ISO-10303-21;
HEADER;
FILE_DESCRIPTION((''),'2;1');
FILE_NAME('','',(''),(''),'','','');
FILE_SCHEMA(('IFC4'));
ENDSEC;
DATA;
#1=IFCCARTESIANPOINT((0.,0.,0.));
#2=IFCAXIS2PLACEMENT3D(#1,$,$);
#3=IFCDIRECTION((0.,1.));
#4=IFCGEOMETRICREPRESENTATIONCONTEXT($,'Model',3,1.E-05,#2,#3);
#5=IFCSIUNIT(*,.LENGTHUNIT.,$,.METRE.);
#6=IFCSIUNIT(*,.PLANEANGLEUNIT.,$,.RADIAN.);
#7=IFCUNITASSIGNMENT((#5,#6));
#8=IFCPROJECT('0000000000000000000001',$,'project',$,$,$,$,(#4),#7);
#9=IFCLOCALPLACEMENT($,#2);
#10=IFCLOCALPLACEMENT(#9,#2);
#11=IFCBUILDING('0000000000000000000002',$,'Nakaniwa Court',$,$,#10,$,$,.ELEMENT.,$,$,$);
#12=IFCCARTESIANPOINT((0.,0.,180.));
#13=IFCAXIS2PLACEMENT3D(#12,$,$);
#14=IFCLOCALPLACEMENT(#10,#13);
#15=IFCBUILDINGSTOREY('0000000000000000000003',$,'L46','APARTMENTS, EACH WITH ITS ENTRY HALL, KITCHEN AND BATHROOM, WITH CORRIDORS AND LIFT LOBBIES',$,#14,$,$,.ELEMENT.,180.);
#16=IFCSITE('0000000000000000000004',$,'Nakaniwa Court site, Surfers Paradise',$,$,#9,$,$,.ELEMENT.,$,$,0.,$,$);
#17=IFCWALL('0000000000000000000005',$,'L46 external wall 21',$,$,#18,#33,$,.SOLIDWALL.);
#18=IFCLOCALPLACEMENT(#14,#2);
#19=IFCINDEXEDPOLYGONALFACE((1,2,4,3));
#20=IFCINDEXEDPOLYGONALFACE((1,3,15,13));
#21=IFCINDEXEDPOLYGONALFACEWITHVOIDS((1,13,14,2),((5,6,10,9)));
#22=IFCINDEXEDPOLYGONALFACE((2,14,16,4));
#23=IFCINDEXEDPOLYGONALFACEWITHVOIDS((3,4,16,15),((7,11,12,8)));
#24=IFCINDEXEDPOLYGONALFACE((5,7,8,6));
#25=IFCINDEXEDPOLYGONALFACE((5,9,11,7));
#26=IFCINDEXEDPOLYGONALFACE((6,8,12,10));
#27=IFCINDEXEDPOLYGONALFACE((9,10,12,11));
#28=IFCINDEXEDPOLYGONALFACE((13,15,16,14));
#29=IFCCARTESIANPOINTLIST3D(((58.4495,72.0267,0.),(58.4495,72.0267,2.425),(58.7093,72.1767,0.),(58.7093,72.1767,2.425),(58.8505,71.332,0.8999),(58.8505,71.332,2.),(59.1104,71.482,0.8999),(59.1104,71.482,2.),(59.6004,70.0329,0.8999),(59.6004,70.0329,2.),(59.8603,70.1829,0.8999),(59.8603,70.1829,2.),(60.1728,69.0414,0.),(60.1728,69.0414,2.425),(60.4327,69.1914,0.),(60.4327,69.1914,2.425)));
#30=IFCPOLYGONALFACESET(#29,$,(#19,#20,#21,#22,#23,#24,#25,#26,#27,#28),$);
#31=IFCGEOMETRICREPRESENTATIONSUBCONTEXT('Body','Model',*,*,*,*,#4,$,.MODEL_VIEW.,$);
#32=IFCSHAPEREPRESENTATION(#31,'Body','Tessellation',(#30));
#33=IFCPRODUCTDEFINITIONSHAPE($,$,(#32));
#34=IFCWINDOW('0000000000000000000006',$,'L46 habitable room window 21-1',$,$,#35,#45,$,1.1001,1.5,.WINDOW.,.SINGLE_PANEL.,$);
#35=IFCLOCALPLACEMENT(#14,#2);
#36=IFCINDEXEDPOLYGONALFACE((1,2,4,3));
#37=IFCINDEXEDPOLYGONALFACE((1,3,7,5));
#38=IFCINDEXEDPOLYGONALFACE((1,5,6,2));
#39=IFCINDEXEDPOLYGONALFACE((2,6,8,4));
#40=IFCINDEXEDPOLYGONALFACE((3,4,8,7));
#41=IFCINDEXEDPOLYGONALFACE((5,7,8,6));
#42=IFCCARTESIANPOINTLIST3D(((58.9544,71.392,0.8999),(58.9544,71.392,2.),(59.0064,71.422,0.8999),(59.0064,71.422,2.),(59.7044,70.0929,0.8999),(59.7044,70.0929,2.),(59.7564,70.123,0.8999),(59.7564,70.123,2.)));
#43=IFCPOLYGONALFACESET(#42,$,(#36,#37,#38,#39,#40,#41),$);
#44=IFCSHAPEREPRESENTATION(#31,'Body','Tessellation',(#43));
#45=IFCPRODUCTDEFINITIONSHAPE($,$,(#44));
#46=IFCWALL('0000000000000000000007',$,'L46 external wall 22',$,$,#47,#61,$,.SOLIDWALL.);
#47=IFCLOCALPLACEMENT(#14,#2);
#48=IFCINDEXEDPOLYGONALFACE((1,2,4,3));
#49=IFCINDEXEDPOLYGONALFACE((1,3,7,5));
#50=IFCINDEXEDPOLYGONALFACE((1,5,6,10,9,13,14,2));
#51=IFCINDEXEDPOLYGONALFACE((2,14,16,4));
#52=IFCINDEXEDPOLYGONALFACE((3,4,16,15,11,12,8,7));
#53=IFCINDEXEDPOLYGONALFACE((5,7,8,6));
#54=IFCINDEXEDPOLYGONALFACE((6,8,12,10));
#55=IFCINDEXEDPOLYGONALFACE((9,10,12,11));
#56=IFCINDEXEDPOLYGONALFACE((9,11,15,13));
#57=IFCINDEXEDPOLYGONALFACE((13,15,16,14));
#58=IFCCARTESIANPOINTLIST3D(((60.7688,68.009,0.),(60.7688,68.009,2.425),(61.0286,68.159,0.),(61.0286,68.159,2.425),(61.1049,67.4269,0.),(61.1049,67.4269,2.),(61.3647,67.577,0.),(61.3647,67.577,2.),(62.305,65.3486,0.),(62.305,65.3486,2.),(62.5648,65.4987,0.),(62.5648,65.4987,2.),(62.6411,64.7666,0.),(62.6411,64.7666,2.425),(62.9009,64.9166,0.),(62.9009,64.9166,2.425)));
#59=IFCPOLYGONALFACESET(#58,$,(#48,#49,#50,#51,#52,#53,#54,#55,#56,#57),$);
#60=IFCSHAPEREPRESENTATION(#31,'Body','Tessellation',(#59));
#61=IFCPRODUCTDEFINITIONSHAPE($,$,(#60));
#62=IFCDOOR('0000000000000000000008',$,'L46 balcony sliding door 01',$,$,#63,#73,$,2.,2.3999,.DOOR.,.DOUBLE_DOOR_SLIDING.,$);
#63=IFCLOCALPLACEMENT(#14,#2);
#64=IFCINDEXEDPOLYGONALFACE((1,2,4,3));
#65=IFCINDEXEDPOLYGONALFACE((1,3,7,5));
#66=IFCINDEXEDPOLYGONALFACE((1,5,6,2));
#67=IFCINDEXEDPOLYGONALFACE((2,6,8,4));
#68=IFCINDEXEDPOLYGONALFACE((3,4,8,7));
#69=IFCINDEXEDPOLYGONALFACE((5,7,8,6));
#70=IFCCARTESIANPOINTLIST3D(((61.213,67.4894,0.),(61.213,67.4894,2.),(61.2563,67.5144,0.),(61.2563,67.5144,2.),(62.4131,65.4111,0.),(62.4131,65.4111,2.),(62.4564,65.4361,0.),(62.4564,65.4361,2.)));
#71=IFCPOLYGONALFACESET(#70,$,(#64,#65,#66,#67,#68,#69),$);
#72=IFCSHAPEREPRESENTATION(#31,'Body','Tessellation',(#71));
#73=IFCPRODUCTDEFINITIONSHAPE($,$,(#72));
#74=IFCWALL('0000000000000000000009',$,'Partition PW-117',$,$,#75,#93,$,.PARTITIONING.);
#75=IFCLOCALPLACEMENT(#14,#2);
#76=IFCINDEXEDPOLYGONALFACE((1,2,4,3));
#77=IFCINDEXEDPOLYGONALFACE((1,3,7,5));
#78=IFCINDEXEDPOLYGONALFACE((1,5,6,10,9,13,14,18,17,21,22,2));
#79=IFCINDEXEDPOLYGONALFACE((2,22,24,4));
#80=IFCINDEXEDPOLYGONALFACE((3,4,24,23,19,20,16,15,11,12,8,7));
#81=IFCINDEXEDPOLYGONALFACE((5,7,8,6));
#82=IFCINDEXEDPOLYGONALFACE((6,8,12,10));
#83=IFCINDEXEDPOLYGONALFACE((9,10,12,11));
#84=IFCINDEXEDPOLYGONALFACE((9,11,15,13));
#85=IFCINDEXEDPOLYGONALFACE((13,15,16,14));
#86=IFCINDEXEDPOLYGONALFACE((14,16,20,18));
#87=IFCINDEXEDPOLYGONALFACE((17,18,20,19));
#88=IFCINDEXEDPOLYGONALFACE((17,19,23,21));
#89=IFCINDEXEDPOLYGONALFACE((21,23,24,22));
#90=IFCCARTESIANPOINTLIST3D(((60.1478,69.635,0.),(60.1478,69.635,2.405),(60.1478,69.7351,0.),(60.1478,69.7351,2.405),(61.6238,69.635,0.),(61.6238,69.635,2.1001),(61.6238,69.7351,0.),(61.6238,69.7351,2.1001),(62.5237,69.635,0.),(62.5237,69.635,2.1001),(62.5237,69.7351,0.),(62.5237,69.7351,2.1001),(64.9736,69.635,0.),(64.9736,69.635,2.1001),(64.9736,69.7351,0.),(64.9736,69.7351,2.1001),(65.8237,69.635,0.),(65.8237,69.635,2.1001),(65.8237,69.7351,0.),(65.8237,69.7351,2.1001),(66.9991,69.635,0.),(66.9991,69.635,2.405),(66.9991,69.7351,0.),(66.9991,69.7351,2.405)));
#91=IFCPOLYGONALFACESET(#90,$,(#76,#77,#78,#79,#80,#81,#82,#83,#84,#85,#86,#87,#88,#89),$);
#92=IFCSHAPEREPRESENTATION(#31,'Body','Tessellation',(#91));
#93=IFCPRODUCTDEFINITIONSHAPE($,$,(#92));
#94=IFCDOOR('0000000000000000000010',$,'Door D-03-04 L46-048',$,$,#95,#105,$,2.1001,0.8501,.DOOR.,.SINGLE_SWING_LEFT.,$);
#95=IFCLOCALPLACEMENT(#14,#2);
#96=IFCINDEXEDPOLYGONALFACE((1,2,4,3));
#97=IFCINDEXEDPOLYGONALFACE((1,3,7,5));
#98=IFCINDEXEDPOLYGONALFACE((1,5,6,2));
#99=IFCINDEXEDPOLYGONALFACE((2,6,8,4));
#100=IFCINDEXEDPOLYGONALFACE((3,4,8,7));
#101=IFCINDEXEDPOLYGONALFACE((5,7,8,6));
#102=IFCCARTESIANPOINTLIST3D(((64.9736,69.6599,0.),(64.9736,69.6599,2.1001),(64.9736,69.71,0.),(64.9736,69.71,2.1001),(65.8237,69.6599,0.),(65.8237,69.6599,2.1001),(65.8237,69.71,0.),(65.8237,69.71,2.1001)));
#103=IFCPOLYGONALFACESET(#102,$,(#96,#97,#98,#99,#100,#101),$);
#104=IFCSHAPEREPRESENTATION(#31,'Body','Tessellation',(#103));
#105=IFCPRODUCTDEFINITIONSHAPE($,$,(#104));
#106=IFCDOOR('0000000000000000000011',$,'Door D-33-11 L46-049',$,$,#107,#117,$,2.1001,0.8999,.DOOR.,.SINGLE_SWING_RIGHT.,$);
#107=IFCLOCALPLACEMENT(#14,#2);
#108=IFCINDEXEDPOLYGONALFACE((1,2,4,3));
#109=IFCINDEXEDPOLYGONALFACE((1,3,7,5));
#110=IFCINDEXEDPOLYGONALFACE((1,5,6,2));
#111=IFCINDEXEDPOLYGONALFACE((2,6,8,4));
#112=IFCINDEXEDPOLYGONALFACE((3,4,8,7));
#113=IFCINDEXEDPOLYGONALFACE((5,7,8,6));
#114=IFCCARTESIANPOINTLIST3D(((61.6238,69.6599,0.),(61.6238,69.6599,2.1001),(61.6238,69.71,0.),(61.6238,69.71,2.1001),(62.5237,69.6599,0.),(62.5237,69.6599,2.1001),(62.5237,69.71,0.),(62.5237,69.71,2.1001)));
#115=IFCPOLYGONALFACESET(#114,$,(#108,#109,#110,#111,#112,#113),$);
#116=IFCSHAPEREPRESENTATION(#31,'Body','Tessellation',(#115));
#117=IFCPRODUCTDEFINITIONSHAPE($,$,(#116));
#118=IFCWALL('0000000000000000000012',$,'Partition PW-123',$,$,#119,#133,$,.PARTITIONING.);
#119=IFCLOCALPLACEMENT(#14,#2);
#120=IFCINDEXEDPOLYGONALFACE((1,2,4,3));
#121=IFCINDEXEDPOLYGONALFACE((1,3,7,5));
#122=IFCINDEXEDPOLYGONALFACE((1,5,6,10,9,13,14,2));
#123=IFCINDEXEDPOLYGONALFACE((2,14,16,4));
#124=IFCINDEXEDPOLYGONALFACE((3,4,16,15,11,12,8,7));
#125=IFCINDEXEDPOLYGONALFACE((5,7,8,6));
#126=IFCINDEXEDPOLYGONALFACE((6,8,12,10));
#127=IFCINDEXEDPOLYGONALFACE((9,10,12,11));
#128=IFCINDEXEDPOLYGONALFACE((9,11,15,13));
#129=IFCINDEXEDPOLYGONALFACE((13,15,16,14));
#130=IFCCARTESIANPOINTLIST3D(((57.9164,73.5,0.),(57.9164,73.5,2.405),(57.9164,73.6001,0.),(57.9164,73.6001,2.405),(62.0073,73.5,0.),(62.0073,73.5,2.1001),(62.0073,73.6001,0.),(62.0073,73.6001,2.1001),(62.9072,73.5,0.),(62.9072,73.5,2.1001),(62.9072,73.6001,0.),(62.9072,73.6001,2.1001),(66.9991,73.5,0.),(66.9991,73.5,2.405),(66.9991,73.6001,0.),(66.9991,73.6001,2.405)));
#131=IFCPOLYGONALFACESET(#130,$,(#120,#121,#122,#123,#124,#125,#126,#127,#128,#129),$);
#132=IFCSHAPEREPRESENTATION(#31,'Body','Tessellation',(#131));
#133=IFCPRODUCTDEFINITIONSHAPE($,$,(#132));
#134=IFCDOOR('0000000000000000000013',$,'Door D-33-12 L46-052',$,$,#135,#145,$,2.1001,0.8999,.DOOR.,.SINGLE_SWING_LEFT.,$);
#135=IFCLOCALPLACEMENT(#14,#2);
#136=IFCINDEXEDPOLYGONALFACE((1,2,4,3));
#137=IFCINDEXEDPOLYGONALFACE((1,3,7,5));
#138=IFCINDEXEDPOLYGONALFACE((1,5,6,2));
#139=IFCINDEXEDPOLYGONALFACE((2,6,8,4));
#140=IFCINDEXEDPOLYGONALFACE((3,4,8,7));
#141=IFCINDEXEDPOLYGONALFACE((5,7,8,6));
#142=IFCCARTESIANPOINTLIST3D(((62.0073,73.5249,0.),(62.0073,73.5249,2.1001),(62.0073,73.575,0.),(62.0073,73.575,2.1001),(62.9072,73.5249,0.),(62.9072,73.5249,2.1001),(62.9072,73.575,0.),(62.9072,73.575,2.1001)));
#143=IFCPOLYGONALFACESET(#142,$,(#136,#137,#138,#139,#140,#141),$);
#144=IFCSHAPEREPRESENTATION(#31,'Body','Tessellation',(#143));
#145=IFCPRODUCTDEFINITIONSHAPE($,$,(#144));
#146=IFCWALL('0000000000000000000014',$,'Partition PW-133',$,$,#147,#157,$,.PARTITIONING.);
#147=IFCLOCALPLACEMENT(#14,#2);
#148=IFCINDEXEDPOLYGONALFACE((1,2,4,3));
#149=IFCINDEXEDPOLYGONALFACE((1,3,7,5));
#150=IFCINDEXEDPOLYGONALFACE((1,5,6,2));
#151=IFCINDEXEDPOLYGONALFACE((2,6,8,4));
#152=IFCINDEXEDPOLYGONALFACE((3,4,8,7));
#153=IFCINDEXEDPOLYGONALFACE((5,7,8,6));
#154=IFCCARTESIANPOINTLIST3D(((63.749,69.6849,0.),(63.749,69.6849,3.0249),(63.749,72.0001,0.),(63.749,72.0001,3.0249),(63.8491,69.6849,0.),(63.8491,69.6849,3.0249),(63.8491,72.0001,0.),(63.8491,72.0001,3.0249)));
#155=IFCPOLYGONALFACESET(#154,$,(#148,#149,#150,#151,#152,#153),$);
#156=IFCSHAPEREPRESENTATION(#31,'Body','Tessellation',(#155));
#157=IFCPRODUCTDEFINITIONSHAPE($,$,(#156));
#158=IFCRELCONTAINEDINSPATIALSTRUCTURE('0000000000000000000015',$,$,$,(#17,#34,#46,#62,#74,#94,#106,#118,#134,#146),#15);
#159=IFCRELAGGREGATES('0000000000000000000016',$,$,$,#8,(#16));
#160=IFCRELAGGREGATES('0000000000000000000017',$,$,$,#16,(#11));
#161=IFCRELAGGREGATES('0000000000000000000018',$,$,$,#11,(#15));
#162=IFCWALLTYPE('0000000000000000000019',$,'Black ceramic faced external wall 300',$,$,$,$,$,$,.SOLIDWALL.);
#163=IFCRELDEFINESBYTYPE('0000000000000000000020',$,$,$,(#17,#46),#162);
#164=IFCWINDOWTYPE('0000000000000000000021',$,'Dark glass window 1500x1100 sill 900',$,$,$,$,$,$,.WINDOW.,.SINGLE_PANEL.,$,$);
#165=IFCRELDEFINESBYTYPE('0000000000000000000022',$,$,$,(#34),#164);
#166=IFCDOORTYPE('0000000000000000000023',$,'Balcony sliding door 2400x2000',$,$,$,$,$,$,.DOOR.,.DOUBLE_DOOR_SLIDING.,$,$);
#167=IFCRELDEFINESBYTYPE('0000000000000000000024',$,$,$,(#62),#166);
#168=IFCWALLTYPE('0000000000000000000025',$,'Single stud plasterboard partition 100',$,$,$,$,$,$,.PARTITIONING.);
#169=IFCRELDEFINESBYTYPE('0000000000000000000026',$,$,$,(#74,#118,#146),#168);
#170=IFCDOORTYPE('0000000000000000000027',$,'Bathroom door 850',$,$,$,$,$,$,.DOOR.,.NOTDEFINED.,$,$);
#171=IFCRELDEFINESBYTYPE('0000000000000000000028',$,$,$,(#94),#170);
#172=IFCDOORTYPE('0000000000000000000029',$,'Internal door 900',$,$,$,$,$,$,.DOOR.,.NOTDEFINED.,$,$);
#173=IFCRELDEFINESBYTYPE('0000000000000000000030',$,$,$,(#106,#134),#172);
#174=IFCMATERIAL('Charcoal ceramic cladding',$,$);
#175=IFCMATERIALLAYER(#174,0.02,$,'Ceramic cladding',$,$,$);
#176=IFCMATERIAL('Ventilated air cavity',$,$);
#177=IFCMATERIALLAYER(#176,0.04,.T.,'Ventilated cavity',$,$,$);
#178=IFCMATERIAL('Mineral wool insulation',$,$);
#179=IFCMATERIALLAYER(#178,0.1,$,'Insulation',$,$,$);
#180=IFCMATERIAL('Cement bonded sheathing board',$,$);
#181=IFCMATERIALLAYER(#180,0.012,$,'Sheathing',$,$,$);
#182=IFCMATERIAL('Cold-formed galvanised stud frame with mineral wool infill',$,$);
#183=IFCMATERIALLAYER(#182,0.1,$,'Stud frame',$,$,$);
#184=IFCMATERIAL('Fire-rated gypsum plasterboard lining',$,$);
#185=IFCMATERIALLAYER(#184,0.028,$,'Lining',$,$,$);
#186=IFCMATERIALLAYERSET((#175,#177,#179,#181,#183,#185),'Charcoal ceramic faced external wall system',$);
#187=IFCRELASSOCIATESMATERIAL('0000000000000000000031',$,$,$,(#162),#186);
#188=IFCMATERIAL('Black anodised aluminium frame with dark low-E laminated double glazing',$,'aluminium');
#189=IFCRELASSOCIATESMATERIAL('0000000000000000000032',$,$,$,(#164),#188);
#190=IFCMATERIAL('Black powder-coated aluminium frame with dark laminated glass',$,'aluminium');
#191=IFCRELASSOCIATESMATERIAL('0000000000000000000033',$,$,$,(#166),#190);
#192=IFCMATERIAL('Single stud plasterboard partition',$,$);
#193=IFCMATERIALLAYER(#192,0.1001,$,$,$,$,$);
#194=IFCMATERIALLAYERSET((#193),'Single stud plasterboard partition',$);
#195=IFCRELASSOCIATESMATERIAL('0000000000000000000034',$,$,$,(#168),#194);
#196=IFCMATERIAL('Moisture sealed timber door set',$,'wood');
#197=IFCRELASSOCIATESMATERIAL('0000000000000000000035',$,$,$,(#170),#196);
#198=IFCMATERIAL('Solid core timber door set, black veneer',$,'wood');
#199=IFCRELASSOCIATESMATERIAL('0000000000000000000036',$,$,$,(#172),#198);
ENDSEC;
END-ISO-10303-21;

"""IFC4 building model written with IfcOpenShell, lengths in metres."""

from ifc_helpers import new_model, si_unit, direction, frame, frame_2d, origin, place, context, subcontext, project, spatial, rectangle, extrude, material, layer, layer_set, type_object, element, fill, save


model = new_model("IFC4")

# Units and contexts
model_context = context("Model", 3, precision=1e-05, world=origin(), true_north=direction((0.0, 1.0)))
body_context = subcontext(model_context, "Body", "Model", "MODEL_VIEW")
ifc_project = project(units=[si_unit("LENGTHUNIT", "METRE"), si_unit("PLANEANGLEUNIT", "RADIAN")], contexts=[model_context])

# Site, building, storey
site_placement = place(None, origin())
site = spatial("IfcSite", under=ifc_project, at=site_placement, Name="Nakaniwa Court site, Surfers Paradise", CompositionType="ELEMENT", RefElevation=0.0)
building_placement = place(site_placement, origin())
building = spatial("IfcBuilding", under=site, at=building_placement, Name="Nakaniwa Court", CompositionType="ELEMENT")
storey_placement = place(building_placement, frame((0.0, 0.0, 180.0)))
storey = spatial("IfcBuildingStorey", under=building, at=storey_placement, Name="L46", Description="APARTMENTS, EACH WITH ITS ENTRY HALL, KITCHEN AND BATHROOM, WITH CORRIDORS AND LIFT LOBBIES", CompositionType="ELEMENT", Elevation=180.0)

# Shared definitions
ifc_material_1 = material(Name="Solid core timber door set, black veneer", Category="wood")

# Wall, opening, window
ifc_material_2 = material(Name="Charcoal ceramic cladding")
ifc_layer_1 = layer(ifc_material_2, 0.02, Name="Ceramic cladding")
ifc_material_3 = material(Name="Ventilated air cavity")
ifc_layer_2 = layer(ifc_material_3, 0.04, ventilated=True, Name="Ventilated cavity")
ifc_material_4 = material(Name="Mineral wool insulation")
ifc_layer_3 = layer(ifc_material_4, 0.1, Name="Insulation")
ifc_material_5 = material(Name="Cement bonded sheathing board")
ifc_layer_4 = layer(ifc_material_5, 0.012, Name="Sheathing")
ifc_material_6 = material(Name="Cold-formed galvanised stud frame with mineral wool infill")
ifc_layer_5 = layer(ifc_material_6, 0.1, Name="Stud frame")
ifc_material_7 = material(Name="Fire-rated gypsum plasterboard lining")
ifc_layer_6 = layer(ifc_material_7, 0.028, Name="Lining")
ifc_layer_set_1 = layer_set([ifc_layer_1, ifc_layer_2, ifc_layer_3, ifc_layer_4, ifc_layer_5, ifc_layer_6], Name="Charcoal ceramic faced external wall system")
wall_type_1 = type_object("IfcWallType", Name="Black ceramic faced external wall 300", PredefinedType="SOLIDWALL", material=ifc_layer_set_1)
wall_1_placement = place(storey_placement, frame((58.5793, 72.1018, 0.0), z_axis=(0.0, 0.0, 1.0), x_axis=(0.499955, -0.866051, 0.0)))
wall_1 = element("IfcWall", 1, at=wall_1_placement, inside=storey, type_object=wall_type_1, Name="L46 external wall 21", PredefinedType="SOLIDWALL", context=body_context, shape_type="SweptSolid", body=[
    extrude(rectangle(XDim=3.447, YDim=0.3, at=frame_2d((1.7236, 0.0))), origin(), (0.0, 0.0, 1.0), 2.425),
])
opening_1_placement = place(wall_1_placement, frame((0.8022, 0.0, 0.8999)))
opening_1 = element("IfcOpeningElement", 2, at=opening_1_placement, cuts=wall_1, PredefinedType="OPENING", context=body_context, shape_type="SweptSolid", body=[
    extrude(rectangle(XDim=1.5, YDim=1.1001, at=frame_2d((0.75, 0.55))), frame((0.0, 0.1599, 0.0), z_axis=(0.0, -1.0, 0.0), x_axis=(1.0, 0.0, 0.0)), (0.0, 0.0, 1.0), 0.3201),
])
ifc_material_8 = material(Name="Black anodised aluminium frame with dark low-E laminated double glazing", Category="aluminium")
window_type = type_object("IfcWindowType", Name="Dark glass window 1500x1100 sill 900", PartitioningType="SINGLE_PANEL", PredefinedType="WINDOW", material=ifc_material_8)
window_placement = place(opening_1_placement, origin())
window = element("IfcWindow", 3, at=window_placement, inside=storey, type_object=window_type, Name="L46 habitable room window 21-1", OverallHeight=1.1001, OverallWidth=1.5, PartitioningType="SINGLE_PANEL", PredefinedType="WINDOW", context=body_context, shape_type="SweptSolid", body=[
    extrude(rectangle(XDim=1.5, YDim=1.1001, at=frame_2d((0.75, 0.55))), frame((0.0, 0.03, 0.0), z_axis=(0.0, -1.0, 0.0), x_axis=(1.0, 0.0, 0.0)), (0.0, 0.0, 1.0), 0.0601),
])
fill(opening_1, window)

# Wall, opening, door
wall_2_placement = place(storey_placement, frame((60.8987, 68.084, 0.0), z_axis=(0.0, 0.0, 1.0), x_axis=(0.500059, -0.865991, 0.0)))
wall_2 = element("IfcWall", 4, at=wall_2_placement, inside=storey, type_object=wall_type_1, Name="L46 external wall 22", PredefinedType="SOLIDWALL", context=body_context, shape_type="SweptSolid", body=[
    extrude(rectangle(XDim=3.7441, YDim=0.3, at=frame_2d((1.8721, 0.0))), origin(), (0.0, 0.0, 1.0), 2.425),
])
opening_2_placement = place(wall_2_placement, frame((0.6721, 0.0, 0.0)))
opening_2 = element("IfcOpeningElement", 5, at=opening_2_placement, cuts=wall_2, PredefinedType="OPENING", context=body_context, shape_type="SweptSolid", body=[
    extrude(rectangle(XDim=2.3999, YDim=2.0, at=frame_2d((1.2, 1.0))), frame((0.0, 0.1599, 0.0), z_axis=(0.0, -1.0, 0.0), x_axis=(1.0, 0.0, 0.0)), (0.0, 0.0, 1.0), 0.3201),
])
ifc_material_9 = material(Name="Black powder-coated aluminium frame with dark laminated glass", Category="aluminium")
door_type_1 = type_object("IfcDoorType", Name="Balcony sliding door 2400x2000", OperationType="DOUBLE_DOOR_SLIDING", PredefinedType="DOOR", material=ifc_material_9)
door_1_placement = place(opening_2_placement, origin())
door_1 = element("IfcDoor", 6, at=door_1_placement, inside=storey, type_object=door_type_1, Name="L46 balcony sliding door 01", OperationType="DOUBLE_DOOR_SLIDING", OverallHeight=2.0, OverallWidth=2.3999, PredefinedType="DOOR", context=body_context, shape_type="SweptSolid", body=[
    extrude(rectangle(XDim=2.3999, YDim=2.0, at=frame_2d((1.2, 1.0))), frame((0.0, 0.0249, 0.0), z_axis=(0.0, -1.0, 0.0), x_axis=(1.0, 0.0, 0.0)), (0.0, 0.0, 1.0), 0.05),
])
fill(opening_2, door_1)

# Wall, openings, doors
ifc_material_10 = material(Name="Single stud plasterboard partition")
ifc_layer_7 = layer(ifc_material_10, 0.1001)
ifc_layer_set_2 = layer_set([ifc_layer_7], Name="Single stud plasterboard partition")
wall_type_2 = type_object("IfcWallType", Name="Single stud plasterboard partition 100", PredefinedType="PARTITIONING", material=ifc_layer_set_2)
wall_3_placement = place(storey_placement, frame((60.1477, 69.6851, 0.0), z_axis=(0.0, 0.0, 1.0), x_axis=(1.0, 0.0, 0.0)))
wall_3 = element("IfcWall", 7, at=wall_3_placement, inside=storey, type_object=wall_type_2, Name="Partition PW-117", PredefinedType="PARTITIONING", context=body_context, shape_type="SweptSolid", body=[
    extrude(rectangle(XDim=6.8513, YDim=0.1001, at=frame_2d((3.4258, 0.0))), origin(), (0.0, 0.0, 1.0), 2.405),
])
opening_3_placement = place(wall_3_placement, frame((4.8259, 0.0, 0.0)))
opening_3 = element("IfcOpeningElement", 8, at=opening_3_placement, cuts=wall_3, PredefinedType="OPENING", context=body_context, shape_type="SweptSolid", body=[
    extrude(rectangle(XDim=0.8501, YDim=2.1001, at=frame_2d((0.425, 1.05))), frame((0.0, 0.0601, 0.0), z_axis=(0.0, -1.0, 0.0), x_axis=(1.0, 0.0, 0.0)), (0.0, 0.0, 1.0), 0.1201),
])
opening_4_placement = place(wall_3_placement, frame((1.4761, 0.0, 0.0)))
opening_4 = element("IfcOpeningElement", 9, at=opening_4_placement, cuts=wall_3, PredefinedType="OPENING", context=body_context, shape_type="SweptSolid", body=[
    extrude(rectangle(XDim=0.8999, YDim=2.1001, at=frame_2d((0.45, 1.05))), frame((0.0, 0.0601, 0.0), z_axis=(0.0, -1.0, 0.0), x_axis=(1.0, 0.0, 0.0)), (0.0, 0.0, 1.0), 0.1201),
])
ifc_material_11 = material(Name="Moisture sealed timber door set", Category="wood")
door_type_2 = type_object("IfcDoorType", Name="Bathroom door 850", OperationType="NOTDEFINED", PredefinedType="DOOR", material=ifc_material_11)
door_2_placement = place(opening_3_placement, origin())
door_2 = element("IfcDoor", 10, at=door_2_placement, inside=storey, type_object=door_type_2, Name="Door D-03-04 L46-048", OperationType="SINGLE_SWING_LEFT", OverallHeight=2.1001, OverallWidth=0.8501, PredefinedType="DOOR", context=body_context, shape_type="SweptSolid", body=[
    extrude(rectangle(XDim=0.8501, YDim=2.1001, at=frame_2d((0.425, 1.05))), frame((0.0, 0.0249, 0.0), z_axis=(0.0, -1.0, 0.0), x_axis=(1.0, 0.0, 0.0)), (0.0, 0.0, 1.0), 0.05),
])
fill(opening_3, door_2)
door_type_3 = type_object("IfcDoorType", Name="Internal door 900", OperationType="NOTDEFINED", PredefinedType="DOOR", material=ifc_material_1)
door_3_placement = place(opening_4_placement, origin())
door_3 = element("IfcDoor", 11, at=door_3_placement, inside=storey, type_object=door_type_3, Name="Door D-33-11 L46-049", OperationType="SINGLE_SWING_RIGHT", OverallHeight=2.1001, OverallWidth=0.8999, PredefinedType="DOOR", context=body_context, shape_type="SweptSolid", body=[
    extrude(rectangle(XDim=0.8999, YDim=2.1001, at=frame_2d((0.45, 1.05))), frame((0.0, 0.0249, 0.0), z_axis=(0.0, -1.0, 0.0), x_axis=(1.0, 0.0, 0.0)), (0.0, 0.0, 1.0), 0.05),
])
fill(opening_4, door_3)

# Wall, opening, door
wall_4_placement = place(storey_placement, frame((57.9163, 73.55, 0.0), z_axis=(0.0, 0.0, 1.0), x_axis=(1.0, 0.0, 0.0)))
wall_4 = element("IfcWall", 12, at=wall_4_placement, inside=storey, type_object=wall_type_2, Name="Partition PW-123", PredefinedType="PARTITIONING", context=body_context, shape_type="SweptSolid", body=[
    extrude(rectangle(XDim=9.0828, YDim=0.1001, at=frame_2d((4.5415, 0.0))), origin(), (0.0, 0.0, 1.0), 2.405),
])
opening_5_placement = place(wall_4_placement, frame((4.0911, 0.0, 0.0)))
opening_5 = element("IfcOpeningElement", 13, at=opening_5_placement, cuts=wall_4, PredefinedType="OPENING", context=body_context, shape_type="SweptSolid", body=[
    extrude(rectangle(XDim=0.8999, YDim=2.1001, at=frame_2d((0.45, 1.05))), frame((0.0, 0.0601, 0.0), z_axis=(0.0, -1.0, 0.0), x_axis=(1.0, 0.0, 0.0)), (0.0, 0.0, 1.0), 0.1201),
])
door_4_placement = place(opening_5_placement, origin())
door_4 = element("IfcDoor", 14, at=door_4_placement, inside=storey, type_object=door_type_3, Name="Door D-33-12 L46-052", OperationType="SINGLE_SWING_LEFT", OverallHeight=2.1001, OverallWidth=0.8999, PredefinedType="DOOR", context=body_context, shape_type="SweptSolid", body=[
    extrude(rectangle(XDim=0.8999, YDim=2.1001, at=frame_2d((0.45, 1.05))), frame((0.0, 0.0249, 0.0), z_axis=(0.0, -1.0, 0.0), x_axis=(1.0, 0.0, 0.0)), (0.0, 0.0, 1.0), 0.05),
])
fill(opening_5, door_4)

# Wall
wall_5_placement = place(storey_placement, frame((63.7991, 69.6848, 0.0), z_axis=(0.0, 0.0, 1.0), x_axis=(0.0, 1.0, 0.0)))
element("IfcWall", 15, at=wall_5_placement, inside=storey, type_object=wall_type_2, Name="Partition PW-133", PredefinedType="PARTITIONING", context=body_context, shape_type="SweptSolid", body=[
    extrude(rectangle(XDim=2.3152, YDim=0.1001, at=frame_2d((1.1577, 0.0))), origin(), (0.0, 0.0, 1.0), 3.0249),
])

save(model, "model.ifc")
